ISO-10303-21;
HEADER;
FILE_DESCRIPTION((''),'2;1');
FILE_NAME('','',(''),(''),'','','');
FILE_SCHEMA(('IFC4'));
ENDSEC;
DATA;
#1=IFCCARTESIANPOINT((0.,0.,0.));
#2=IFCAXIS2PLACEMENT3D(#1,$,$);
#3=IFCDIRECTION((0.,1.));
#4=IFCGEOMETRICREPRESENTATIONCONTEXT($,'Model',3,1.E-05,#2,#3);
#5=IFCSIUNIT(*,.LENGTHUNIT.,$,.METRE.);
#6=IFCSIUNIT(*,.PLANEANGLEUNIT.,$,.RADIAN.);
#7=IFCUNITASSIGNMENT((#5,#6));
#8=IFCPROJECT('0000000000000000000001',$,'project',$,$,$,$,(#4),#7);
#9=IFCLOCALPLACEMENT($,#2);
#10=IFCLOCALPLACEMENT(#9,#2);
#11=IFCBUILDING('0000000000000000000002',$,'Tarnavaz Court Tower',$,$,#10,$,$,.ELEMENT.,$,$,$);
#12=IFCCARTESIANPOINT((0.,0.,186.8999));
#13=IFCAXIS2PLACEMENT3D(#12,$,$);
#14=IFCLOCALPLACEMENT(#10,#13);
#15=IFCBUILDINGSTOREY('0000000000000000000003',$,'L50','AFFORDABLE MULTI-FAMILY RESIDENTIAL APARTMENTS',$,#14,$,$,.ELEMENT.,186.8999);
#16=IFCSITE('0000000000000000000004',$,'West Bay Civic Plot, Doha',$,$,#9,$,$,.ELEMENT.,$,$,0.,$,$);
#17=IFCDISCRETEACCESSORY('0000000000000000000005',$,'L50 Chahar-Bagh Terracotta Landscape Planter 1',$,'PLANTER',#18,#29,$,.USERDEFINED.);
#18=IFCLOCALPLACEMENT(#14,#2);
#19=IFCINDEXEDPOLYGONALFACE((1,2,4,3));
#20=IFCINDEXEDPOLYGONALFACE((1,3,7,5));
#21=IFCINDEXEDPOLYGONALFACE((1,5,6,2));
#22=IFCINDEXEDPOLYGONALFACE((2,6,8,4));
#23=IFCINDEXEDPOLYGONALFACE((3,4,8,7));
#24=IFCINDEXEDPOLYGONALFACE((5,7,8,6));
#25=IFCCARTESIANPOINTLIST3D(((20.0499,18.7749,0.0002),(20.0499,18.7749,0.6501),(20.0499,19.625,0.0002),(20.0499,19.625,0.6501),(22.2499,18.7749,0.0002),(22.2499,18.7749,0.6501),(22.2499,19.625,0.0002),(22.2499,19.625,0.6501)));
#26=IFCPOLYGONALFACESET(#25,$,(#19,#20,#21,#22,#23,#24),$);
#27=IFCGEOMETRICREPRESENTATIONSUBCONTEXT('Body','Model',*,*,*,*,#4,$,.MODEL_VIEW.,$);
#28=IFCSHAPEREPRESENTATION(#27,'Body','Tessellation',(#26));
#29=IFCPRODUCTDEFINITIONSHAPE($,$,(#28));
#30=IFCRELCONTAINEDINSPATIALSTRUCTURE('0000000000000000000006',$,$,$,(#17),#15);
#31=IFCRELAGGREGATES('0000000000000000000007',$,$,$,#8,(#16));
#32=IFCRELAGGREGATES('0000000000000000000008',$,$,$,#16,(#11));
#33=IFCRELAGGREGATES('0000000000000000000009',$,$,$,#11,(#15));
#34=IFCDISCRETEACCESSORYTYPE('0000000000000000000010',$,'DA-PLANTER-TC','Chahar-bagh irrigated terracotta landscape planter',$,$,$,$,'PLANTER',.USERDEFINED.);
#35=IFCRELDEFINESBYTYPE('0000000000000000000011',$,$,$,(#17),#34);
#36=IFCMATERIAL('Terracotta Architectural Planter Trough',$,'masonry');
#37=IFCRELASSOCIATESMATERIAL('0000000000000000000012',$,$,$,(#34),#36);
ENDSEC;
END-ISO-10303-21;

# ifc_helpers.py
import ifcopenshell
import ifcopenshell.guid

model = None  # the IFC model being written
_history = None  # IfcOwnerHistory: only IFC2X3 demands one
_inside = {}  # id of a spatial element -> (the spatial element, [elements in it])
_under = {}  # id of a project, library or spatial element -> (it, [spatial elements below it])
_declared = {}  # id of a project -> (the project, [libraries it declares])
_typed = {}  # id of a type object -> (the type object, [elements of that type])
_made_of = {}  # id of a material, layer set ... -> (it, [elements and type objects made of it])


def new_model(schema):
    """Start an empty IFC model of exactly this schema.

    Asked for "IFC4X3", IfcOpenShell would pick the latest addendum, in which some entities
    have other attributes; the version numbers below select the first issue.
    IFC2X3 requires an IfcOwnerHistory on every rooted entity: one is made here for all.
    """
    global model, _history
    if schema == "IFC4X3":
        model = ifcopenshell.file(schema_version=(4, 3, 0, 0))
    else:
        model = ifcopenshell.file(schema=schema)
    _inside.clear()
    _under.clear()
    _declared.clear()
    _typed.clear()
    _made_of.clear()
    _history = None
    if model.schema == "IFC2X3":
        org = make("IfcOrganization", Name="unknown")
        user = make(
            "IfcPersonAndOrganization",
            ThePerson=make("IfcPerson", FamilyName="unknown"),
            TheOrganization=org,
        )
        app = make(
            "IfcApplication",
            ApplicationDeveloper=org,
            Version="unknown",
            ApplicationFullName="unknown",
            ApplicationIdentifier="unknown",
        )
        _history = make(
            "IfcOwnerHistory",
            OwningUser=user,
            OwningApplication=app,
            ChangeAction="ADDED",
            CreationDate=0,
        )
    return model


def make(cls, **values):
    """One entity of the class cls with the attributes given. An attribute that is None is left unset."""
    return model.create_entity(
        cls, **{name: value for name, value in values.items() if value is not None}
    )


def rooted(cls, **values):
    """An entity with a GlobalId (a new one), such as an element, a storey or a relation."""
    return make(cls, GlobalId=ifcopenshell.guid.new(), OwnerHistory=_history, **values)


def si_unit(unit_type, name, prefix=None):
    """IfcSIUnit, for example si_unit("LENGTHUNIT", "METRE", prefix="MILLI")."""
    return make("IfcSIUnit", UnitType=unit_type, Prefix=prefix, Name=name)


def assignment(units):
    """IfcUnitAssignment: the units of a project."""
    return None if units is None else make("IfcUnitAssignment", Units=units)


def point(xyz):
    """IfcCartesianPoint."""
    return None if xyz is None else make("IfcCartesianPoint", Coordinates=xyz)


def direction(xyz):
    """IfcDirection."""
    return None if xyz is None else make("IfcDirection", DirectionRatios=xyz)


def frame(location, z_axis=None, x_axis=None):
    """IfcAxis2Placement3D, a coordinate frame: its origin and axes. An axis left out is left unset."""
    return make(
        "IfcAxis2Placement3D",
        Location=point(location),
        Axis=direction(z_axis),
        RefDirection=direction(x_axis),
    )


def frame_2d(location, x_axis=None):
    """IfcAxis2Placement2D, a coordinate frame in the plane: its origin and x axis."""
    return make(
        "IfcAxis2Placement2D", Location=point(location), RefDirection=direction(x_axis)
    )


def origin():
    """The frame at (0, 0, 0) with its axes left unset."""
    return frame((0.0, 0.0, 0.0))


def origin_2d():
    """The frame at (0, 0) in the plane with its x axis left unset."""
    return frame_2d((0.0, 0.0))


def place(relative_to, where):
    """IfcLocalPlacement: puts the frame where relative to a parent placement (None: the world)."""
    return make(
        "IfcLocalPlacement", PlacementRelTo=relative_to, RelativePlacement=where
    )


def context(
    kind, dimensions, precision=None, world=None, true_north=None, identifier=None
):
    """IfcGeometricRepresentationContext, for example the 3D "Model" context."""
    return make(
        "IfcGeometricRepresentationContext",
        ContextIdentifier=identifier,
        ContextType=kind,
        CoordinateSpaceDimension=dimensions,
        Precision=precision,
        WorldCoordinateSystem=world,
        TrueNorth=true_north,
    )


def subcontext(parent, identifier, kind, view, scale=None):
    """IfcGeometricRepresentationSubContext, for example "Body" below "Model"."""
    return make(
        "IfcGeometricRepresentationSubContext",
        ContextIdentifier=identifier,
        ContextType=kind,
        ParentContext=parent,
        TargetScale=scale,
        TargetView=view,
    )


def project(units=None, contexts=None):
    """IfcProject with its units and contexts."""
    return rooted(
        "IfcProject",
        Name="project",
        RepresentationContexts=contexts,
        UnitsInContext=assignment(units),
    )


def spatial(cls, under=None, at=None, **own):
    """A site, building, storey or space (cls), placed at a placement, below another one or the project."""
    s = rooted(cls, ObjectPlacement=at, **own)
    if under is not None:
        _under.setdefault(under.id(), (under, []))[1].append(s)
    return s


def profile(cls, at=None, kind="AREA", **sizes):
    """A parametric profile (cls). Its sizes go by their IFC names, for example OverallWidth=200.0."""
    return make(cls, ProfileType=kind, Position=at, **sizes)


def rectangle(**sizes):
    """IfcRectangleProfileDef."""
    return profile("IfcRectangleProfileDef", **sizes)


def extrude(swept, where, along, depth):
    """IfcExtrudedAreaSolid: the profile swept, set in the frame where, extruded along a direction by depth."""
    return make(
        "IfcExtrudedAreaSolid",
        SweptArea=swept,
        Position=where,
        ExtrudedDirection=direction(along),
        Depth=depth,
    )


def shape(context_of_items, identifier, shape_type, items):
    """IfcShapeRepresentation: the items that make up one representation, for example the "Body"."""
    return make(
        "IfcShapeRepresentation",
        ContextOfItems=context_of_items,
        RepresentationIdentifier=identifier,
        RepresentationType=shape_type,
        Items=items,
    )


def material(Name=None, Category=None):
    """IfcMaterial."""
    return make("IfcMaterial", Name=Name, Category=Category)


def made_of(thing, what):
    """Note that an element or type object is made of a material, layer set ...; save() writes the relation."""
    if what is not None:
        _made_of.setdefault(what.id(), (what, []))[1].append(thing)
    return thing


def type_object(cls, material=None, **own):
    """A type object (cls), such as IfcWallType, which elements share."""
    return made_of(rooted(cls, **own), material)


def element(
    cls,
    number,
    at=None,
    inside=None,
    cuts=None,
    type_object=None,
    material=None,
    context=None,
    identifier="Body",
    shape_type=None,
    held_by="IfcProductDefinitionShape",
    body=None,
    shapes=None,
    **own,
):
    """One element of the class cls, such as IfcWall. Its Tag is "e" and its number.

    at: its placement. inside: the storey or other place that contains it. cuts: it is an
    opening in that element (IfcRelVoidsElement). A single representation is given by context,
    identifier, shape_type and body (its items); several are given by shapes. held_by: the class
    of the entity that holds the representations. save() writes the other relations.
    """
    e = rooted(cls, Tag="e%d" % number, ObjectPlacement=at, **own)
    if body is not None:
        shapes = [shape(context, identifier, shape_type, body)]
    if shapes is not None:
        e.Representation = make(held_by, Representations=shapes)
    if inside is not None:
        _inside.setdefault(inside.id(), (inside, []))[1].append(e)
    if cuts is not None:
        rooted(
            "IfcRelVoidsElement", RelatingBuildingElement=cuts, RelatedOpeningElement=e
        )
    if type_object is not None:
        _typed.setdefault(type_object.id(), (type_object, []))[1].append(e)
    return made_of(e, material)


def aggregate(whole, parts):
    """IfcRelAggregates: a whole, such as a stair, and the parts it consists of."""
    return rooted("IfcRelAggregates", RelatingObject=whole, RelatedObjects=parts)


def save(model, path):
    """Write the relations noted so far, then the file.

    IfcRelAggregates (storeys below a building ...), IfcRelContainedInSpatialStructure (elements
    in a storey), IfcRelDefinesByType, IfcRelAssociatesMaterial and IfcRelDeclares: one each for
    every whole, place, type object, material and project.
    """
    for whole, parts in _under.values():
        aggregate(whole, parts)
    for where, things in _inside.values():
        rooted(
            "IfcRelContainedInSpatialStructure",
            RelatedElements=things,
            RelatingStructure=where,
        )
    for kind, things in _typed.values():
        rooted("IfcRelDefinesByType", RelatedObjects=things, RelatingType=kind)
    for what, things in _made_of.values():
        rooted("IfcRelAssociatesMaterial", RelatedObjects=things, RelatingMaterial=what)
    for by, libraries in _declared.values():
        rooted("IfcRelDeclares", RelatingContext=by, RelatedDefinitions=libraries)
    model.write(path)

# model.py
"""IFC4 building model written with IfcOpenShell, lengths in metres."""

from ifc_helpers import new_model, si_unit, direction, frame, origin, origin_2d, place, context, subcontext, project, spatial, rectangle, extrude, material, type_object, element, save


model = new_model("IFC4")

# Units and contexts
model_context = context("Model", 3, precision=1e-05, world=origin(), true_north=direction((0.0, 1.0)))
body_context = subcontext(model_context, "Body", "Model", "MODEL_VIEW")
ifc_project = project(units=[si_unit("LENGTHUNIT", "METRE"), si_unit("PLANEANGLEUNIT", "RADIAN")], contexts=[model_context])

# Site, building, storey
site_placement = place(None, origin())
site = spatial("IfcSite", under=ifc_project, at=site_placement, Name="West Bay Civic Plot, Doha", CompositionType="ELEMENT", RefElevation=0.0)
building_placement = place(site_placement, origin())
building = spatial("IfcBuilding", under=site, at=building_placement, Name="Tarnavaz Court Tower", CompositionType="ELEMENT")
storey_placement = place(building_placement, frame((0.0, 0.0, 186.8999)))
storey = spatial("IfcBuildingStorey", under=building, at=storey_placement, Name="L50", Description="AFFORDABLE MULTI-FAMILY RESIDENTIAL APARTMENTS", CompositionType="ELEMENT", Elevation=186.8999)

# Discrete accessory
ifc_material_1 = material(Name="Terracotta Architectural Planter Trough", Category="masonry")
discrete_accessory_type_1 = type_object("IfcDiscreteAccessoryType", Name="DA-PLANTER-TC", Description="Chahar-bagh irrigated terracotta landscape planter", ElementType="PLANTER", PredefinedType="USERDEFINED", material=ifc_material_1)
discrete_accessory_placement = place(storey_placement, frame((21.1499, 19.2, 0.0002), z_axis=(0.0, 0.0, 1.0), x_axis=(1.0, 0.0, 0.0)))
element("IfcDiscreteAccessory", 1, at=discrete_accessory_placement, inside=storey, type_object=discrete_accessory_type_1, Name="L50 Chahar-Bagh Terracotta Landscape Planter 1", ObjectType="PLANTER", PredefinedType="USERDEFINED", context=body_context, shape_type="SweptSolid", body=[
    extrude(rectangle(XDim=2.2, YDim=0.8501, at=origin_2d()), origin(), (0.0, 0.0, 1.0), 0.6499),
])

save(model, "model.ifc")
